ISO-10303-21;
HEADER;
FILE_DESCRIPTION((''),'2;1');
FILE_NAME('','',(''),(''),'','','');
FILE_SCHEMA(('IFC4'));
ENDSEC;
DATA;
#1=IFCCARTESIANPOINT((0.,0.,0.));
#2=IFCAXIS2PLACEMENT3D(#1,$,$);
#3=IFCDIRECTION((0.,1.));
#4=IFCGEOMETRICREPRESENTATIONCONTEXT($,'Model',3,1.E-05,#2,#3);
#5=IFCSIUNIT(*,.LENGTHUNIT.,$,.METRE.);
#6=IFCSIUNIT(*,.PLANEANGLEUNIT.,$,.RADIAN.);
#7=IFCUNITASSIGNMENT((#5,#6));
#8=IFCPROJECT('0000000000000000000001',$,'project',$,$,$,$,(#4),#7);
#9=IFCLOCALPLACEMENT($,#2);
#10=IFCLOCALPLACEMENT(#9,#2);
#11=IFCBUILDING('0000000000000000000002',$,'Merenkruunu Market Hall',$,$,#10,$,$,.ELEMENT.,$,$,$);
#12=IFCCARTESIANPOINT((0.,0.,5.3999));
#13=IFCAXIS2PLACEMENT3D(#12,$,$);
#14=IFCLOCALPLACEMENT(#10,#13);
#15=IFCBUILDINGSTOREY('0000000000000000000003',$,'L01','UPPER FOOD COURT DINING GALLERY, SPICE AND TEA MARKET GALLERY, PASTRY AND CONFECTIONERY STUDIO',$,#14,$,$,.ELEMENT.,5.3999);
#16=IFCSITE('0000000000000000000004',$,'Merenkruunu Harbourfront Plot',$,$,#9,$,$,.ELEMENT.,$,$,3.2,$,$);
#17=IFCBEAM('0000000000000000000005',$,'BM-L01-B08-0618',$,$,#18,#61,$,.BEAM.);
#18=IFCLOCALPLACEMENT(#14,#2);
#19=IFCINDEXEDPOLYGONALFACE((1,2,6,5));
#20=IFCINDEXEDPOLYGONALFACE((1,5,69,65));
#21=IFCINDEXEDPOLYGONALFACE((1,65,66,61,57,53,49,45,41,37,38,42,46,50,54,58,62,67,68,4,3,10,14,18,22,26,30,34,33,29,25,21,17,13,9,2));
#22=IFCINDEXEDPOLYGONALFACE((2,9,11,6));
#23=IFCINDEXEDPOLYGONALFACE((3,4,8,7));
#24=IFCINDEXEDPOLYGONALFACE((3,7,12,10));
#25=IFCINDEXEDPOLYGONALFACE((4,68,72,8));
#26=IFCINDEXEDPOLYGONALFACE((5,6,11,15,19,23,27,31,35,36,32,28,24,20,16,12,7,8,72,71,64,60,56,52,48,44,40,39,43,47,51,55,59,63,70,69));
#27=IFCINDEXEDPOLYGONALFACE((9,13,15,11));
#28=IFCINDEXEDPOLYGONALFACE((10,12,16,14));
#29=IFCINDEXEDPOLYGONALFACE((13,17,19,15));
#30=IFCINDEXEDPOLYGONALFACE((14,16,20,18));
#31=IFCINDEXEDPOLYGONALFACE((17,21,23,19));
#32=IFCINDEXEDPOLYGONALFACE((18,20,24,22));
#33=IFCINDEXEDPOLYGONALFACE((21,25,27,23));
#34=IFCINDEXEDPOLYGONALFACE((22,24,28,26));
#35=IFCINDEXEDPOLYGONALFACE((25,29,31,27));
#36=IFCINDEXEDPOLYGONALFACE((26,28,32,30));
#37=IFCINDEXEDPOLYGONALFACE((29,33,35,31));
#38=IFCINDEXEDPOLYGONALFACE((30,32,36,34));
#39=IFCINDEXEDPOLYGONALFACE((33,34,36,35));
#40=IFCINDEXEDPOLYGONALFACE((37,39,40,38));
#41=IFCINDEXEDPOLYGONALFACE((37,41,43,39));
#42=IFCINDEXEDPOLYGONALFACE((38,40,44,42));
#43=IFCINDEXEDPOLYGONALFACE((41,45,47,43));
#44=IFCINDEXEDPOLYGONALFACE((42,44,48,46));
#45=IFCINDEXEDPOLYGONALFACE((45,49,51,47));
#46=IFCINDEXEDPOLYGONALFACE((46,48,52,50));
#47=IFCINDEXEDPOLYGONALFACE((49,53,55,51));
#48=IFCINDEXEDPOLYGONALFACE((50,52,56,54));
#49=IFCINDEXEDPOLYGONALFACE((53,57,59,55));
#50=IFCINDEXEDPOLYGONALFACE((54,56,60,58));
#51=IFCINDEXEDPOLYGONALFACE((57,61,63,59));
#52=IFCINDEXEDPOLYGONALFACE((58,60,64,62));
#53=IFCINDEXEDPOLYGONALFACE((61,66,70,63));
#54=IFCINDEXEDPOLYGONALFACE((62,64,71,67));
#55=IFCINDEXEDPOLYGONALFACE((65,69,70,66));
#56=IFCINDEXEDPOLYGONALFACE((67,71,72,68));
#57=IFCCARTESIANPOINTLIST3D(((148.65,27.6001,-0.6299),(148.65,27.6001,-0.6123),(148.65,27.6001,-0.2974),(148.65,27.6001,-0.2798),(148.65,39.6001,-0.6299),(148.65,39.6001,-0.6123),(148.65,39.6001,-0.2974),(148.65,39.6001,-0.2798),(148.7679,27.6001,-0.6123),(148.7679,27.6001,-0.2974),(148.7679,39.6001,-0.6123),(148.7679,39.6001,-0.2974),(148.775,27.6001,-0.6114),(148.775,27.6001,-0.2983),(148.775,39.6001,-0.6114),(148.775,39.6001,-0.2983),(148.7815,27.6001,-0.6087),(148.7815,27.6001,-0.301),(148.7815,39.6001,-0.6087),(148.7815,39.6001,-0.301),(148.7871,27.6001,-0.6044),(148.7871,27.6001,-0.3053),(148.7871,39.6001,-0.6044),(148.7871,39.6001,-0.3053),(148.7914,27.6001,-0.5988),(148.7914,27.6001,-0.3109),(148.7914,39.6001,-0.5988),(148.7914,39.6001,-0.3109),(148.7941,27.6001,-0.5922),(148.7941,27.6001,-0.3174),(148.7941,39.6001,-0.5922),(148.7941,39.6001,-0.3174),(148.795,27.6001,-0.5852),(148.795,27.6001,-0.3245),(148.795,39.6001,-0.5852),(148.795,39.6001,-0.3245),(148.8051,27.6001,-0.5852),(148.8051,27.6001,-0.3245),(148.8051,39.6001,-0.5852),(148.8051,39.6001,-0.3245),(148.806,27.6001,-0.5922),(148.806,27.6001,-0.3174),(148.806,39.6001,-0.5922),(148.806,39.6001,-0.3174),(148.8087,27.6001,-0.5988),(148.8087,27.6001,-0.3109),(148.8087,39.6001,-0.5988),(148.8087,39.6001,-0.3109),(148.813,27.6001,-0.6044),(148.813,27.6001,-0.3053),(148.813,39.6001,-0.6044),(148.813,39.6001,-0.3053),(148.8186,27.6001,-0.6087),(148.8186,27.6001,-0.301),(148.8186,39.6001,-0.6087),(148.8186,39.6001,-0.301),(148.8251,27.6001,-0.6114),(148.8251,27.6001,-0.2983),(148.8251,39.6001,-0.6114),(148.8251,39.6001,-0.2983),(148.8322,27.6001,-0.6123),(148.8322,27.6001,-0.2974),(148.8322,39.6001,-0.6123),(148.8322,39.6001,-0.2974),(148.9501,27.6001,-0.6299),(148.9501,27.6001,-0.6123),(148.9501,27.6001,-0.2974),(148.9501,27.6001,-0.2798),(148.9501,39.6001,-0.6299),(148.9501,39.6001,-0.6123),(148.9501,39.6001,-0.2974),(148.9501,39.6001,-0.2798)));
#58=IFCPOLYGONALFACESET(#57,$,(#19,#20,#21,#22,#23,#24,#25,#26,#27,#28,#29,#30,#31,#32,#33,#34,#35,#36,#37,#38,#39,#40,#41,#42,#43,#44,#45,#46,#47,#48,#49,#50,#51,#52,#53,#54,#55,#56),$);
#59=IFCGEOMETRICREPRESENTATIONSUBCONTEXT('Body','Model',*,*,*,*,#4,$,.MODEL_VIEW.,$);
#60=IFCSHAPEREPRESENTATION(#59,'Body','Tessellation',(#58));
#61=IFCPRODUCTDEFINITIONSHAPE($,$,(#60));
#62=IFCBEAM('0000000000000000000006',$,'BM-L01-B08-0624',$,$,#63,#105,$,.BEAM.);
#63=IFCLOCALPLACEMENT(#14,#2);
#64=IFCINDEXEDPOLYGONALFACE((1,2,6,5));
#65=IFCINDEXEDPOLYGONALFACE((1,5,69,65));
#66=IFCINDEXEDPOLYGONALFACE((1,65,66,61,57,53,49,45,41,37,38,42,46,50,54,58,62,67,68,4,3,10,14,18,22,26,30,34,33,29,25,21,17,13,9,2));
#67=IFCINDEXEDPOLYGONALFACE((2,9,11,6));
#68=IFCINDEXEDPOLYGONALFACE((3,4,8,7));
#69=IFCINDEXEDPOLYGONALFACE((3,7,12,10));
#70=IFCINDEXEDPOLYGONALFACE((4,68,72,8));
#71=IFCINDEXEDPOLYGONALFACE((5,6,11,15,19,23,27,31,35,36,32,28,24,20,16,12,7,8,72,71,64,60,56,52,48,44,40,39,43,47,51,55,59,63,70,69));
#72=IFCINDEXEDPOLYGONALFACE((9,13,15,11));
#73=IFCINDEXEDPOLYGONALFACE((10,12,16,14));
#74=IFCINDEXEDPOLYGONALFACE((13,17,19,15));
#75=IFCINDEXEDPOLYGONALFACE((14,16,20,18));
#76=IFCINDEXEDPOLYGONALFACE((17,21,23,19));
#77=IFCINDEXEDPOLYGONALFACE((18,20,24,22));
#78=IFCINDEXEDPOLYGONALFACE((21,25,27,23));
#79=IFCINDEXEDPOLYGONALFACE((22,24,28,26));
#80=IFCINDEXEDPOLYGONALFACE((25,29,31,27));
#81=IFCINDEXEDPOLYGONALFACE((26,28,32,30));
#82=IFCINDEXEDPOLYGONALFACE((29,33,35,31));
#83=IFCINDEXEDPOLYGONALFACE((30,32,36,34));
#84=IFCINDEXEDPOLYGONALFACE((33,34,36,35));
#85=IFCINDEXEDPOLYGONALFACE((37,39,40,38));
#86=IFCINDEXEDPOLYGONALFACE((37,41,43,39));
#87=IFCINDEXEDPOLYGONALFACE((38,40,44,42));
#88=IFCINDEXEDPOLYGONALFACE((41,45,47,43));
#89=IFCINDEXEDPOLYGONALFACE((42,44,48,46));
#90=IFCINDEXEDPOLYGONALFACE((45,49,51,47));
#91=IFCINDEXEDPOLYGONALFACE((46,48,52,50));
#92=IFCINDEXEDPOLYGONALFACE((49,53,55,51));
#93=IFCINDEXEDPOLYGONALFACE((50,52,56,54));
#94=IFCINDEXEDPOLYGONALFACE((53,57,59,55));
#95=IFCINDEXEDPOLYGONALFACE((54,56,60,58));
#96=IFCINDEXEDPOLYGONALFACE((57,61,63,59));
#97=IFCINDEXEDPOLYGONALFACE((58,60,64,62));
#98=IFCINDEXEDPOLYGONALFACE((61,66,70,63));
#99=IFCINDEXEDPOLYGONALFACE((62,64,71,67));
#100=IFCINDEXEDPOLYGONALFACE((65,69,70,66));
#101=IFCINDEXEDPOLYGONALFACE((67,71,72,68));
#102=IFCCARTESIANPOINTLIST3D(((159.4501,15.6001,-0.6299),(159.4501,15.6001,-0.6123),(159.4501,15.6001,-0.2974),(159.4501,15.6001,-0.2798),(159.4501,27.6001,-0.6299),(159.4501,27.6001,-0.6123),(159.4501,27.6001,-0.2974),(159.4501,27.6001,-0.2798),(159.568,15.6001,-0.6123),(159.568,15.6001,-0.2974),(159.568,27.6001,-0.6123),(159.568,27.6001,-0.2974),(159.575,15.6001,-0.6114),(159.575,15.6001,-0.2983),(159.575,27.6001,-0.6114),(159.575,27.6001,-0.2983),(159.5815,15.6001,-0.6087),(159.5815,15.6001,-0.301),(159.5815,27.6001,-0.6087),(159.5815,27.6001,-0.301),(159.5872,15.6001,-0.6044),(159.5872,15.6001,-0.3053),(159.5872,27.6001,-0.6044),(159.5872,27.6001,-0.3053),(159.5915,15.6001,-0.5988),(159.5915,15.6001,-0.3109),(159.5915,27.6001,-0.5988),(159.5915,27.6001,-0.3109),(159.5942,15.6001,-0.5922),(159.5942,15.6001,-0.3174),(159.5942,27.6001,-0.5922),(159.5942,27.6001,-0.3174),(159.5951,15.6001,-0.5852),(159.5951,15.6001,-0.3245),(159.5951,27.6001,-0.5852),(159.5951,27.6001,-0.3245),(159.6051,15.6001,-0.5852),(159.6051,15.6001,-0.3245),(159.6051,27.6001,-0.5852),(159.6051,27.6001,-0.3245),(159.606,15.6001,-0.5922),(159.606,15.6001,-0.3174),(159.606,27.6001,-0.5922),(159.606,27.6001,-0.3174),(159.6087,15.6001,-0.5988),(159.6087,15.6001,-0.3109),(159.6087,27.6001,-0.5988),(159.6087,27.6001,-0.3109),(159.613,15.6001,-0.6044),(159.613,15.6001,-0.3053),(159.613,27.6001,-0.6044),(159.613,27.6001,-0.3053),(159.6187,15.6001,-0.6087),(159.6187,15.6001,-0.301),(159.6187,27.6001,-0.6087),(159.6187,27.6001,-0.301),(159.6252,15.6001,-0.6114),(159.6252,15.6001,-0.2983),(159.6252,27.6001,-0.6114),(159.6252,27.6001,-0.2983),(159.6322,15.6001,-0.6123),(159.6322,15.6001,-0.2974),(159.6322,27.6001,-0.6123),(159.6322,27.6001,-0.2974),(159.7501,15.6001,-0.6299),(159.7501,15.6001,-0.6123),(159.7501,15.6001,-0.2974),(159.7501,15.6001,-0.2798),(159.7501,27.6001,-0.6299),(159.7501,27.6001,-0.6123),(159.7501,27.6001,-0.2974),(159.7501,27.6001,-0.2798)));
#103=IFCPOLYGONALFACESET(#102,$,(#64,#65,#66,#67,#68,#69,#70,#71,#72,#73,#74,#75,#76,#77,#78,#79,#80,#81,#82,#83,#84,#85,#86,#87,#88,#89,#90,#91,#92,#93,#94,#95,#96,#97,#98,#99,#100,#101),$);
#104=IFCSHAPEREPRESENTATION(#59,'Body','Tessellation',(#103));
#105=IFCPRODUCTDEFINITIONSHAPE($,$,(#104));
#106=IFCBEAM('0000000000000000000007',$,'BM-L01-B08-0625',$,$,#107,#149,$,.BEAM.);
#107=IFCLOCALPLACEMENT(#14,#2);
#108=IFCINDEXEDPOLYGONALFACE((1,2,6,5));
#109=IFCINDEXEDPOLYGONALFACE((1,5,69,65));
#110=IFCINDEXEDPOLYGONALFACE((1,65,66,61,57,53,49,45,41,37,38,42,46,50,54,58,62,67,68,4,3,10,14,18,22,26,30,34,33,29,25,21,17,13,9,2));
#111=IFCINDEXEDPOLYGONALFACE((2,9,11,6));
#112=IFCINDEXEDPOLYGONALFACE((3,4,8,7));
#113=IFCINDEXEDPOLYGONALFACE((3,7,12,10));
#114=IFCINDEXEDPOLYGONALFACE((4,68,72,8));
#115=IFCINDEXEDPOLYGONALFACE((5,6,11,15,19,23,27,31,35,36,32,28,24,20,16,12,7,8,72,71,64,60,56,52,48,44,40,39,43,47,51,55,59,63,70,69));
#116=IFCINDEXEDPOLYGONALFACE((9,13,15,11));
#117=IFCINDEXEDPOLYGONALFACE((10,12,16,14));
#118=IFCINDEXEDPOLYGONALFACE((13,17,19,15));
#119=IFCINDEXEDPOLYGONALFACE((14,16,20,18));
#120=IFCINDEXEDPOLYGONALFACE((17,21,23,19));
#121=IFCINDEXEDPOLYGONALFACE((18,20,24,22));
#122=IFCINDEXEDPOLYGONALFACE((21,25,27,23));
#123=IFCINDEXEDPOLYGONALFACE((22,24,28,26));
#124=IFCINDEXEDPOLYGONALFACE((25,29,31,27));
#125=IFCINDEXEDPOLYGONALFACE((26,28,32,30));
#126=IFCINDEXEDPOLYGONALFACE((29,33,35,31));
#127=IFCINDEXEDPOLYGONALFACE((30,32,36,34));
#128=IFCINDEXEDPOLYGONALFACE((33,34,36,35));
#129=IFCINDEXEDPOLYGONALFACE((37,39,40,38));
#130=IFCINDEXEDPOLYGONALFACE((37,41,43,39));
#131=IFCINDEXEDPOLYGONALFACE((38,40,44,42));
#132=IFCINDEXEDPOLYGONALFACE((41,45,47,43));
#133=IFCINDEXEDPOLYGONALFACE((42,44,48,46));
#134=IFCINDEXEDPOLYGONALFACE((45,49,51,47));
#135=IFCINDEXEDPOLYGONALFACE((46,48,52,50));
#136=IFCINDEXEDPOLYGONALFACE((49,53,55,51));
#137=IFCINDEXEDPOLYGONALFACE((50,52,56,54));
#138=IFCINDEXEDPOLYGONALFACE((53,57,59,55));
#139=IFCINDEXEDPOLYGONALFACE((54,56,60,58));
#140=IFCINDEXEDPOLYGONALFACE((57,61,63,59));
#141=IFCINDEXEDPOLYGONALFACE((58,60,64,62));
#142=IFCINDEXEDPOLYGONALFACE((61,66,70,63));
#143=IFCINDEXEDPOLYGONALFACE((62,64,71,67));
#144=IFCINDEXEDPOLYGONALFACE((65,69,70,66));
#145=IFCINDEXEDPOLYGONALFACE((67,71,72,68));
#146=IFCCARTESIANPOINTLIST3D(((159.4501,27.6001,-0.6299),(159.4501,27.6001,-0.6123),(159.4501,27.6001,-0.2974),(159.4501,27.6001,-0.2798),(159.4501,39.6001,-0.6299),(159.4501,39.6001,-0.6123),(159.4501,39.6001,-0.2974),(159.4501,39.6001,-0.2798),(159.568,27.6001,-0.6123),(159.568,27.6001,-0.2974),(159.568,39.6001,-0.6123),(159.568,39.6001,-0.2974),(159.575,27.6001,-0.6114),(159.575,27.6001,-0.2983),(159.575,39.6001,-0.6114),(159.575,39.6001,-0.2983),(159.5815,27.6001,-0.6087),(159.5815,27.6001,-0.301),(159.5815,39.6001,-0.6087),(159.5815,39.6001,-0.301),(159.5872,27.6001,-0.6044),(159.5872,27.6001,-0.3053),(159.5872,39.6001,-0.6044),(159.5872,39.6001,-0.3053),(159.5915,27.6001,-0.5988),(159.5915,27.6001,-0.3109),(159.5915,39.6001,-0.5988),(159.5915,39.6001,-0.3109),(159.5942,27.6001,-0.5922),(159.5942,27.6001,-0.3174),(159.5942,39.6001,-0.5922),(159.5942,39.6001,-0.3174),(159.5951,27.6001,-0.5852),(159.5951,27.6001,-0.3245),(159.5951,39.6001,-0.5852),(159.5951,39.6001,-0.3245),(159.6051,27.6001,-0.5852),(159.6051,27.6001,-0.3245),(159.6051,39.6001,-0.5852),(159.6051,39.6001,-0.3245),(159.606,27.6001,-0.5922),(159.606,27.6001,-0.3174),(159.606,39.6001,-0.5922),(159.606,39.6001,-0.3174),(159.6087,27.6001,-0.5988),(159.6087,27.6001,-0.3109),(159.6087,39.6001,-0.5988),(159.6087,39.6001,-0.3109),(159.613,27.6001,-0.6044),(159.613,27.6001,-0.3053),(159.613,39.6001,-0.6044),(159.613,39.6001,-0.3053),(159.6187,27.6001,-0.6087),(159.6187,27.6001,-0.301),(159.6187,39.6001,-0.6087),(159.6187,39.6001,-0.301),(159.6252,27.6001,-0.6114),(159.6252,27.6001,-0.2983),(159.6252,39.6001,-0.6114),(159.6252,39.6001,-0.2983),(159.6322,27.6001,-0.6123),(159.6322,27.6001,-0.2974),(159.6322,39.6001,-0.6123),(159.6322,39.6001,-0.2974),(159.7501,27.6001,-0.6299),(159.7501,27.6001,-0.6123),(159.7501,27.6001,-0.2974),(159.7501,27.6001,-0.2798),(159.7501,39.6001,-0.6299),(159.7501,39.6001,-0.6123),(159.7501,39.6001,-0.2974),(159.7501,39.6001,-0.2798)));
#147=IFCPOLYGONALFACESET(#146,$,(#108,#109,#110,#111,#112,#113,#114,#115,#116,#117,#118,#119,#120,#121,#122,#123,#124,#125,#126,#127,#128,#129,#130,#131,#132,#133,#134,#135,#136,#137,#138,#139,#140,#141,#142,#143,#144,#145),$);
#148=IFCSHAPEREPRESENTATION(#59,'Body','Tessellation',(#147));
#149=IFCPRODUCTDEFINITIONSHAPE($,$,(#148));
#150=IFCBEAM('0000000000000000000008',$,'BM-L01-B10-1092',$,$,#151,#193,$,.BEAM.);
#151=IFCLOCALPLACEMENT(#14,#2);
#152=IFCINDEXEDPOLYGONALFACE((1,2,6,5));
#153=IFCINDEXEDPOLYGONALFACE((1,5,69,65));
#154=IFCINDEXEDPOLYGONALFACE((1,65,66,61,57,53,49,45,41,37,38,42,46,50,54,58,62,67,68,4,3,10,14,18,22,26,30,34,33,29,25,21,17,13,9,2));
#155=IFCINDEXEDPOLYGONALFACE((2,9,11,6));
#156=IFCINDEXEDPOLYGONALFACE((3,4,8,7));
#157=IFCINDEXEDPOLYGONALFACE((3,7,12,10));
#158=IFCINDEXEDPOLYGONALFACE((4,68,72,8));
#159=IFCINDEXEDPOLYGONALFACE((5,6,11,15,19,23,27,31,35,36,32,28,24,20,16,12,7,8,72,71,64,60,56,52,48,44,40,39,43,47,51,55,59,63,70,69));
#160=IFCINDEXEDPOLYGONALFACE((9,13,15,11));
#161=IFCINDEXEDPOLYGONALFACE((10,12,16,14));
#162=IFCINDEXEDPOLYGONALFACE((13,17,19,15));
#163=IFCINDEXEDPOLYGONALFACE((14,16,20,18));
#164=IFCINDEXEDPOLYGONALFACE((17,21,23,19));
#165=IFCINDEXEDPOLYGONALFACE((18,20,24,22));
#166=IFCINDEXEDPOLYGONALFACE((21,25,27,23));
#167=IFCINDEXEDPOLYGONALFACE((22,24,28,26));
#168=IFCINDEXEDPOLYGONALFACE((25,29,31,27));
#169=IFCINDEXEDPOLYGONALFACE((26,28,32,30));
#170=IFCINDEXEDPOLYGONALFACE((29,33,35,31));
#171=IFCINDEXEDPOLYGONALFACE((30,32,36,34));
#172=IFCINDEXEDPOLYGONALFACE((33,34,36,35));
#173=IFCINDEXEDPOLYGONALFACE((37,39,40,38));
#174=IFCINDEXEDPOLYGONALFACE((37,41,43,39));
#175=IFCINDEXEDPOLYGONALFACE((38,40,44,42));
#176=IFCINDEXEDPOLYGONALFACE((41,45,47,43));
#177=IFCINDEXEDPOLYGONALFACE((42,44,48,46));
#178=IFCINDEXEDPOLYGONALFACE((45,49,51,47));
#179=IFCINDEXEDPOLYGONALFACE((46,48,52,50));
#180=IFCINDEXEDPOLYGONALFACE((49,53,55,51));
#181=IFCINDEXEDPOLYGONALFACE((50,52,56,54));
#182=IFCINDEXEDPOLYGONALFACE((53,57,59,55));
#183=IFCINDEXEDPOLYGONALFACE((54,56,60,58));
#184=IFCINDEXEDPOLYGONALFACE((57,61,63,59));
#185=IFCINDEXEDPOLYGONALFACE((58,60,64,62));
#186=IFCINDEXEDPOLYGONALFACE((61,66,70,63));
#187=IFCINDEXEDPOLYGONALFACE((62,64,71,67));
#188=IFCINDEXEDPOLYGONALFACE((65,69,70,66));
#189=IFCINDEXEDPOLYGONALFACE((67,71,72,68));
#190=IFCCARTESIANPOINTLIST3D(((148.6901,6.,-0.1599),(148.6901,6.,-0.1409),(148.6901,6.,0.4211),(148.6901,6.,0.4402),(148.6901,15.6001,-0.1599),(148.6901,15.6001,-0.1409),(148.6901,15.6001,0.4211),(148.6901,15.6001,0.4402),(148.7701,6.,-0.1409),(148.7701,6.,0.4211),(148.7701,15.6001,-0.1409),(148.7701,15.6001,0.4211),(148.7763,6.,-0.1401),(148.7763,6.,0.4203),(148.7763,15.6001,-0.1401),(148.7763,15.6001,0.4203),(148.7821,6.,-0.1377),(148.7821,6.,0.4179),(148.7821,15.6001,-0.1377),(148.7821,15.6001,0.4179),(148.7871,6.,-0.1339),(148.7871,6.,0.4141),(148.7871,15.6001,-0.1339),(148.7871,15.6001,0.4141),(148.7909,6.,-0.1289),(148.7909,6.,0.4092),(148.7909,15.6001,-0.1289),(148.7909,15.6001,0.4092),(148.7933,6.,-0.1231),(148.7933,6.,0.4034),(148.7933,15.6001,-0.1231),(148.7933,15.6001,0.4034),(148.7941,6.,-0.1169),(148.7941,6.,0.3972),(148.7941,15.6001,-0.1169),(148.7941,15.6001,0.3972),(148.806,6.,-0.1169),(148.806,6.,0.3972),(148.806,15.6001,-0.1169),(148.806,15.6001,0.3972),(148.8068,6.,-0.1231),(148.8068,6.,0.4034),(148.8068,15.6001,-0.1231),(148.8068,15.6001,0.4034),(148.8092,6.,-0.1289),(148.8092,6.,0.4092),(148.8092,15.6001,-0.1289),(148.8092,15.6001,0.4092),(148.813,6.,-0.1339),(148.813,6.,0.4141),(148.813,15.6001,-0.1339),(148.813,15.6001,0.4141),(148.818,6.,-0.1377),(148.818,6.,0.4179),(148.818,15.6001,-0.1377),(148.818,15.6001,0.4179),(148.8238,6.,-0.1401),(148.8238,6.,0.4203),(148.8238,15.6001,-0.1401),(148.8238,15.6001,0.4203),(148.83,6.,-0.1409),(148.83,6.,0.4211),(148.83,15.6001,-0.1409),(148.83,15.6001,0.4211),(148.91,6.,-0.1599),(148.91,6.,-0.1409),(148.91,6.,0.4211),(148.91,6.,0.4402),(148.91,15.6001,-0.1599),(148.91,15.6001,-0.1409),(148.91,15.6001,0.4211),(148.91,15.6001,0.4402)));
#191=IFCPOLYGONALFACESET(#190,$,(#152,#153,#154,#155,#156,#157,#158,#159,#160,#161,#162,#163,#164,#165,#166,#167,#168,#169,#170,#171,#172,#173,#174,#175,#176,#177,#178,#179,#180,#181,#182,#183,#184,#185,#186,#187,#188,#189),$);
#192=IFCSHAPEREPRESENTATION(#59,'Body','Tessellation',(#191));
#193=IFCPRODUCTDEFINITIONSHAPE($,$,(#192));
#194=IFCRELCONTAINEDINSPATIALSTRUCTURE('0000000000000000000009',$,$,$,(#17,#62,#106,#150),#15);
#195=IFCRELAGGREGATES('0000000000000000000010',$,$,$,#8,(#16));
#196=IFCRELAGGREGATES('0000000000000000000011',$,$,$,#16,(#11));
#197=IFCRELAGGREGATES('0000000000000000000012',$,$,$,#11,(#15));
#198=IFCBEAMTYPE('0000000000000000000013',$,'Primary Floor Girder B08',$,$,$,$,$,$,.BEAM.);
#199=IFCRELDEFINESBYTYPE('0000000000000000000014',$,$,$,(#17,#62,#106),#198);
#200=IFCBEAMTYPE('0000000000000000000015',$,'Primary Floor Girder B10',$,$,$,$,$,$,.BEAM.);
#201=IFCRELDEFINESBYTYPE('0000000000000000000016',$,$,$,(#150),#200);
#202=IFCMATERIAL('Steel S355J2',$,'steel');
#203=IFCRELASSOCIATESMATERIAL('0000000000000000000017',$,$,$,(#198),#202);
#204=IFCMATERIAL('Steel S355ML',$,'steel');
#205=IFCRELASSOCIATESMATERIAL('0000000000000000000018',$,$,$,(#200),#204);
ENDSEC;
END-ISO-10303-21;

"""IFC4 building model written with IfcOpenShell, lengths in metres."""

from ifc_helpers import new_model, si_unit, direction, frame, origin, origin_2d, place, context, subcontext, project, spatial, i_section, extrude, material, material_profile, profile_set, type_object, element, save


model = new_model("IFC4")

# Units and contexts
model_context = context("Model", 3, precision=1e-05, world=origin(), true_north=direction((0.0, 1.0)))
body_context = subcontext(model_context, "Body", "Model", "MODEL_VIEW")
ifc_project = project(units=[si_unit("LENGTHUNIT", "METRE"), si_unit("PLANEANGLEUNIT", "RADIAN")], contexts=[model_context])

# Site, building, storey
site_placement = place(None, origin())
site = spatial("IfcSite", under=ifc_project, at=site_placement, Name="Merenkruunu Harbourfront Plot", CompositionType="ELEMENT", RefElevation=3.2)
building_placement = place(site_placement, origin())
building = spatial("IfcBuilding", under=site, at=building_placement, Name="Merenkruunu Market Hall", CompositionType="ELEMENT")
storey_placement = place(building_placement, frame((0.0, 0.0, 5.3999)))
storey = spatial("IfcBuildingStorey", under=building, at=storey_placement, Name="L01", Description="UPPER FOOD COURT DINING GALLERY, SPICE AND TEA MARKET GALLERY, PASTRY AND CONFECTIONERY STUDIO", CompositionType="ELEMENT", Elevation=5.3999)

# Shared definitions
ifc_material_1 = material(Name="Steel S355J2", Category="steel")

# Beams
ifc_material_profile_1 = material_profile(ifc_material_1, i_section(OverallWidth=0.3, OverallDepth=0.3501, WebThickness=0.01, FlangeThickness=0.0176, FilletRadius=0.0271, at=origin_2d()), Name="HEA 360")
ifc_profile_set_1 = profile_set([ifc_material_profile_1], Name="Steel S355J2")
beam_type_1 = type_object("IfcBeamType", Name="Primary Floor Girder B08", PredefinedType="BEAM", material=ifc_profile_set_1)
for number, where, z_axis, x_axis, name in (
    (1, (148.8, 27.6001, -0.4548), (0.0, 1.0, 0.0), (-1.0, 0.0, 0.0), "BM-L01-B08-0618"),
    (2, (159.6001, 15.6001, -0.4548), (0.0, 1.0, 0.0), (-1.0, 0.0, 0.0), "BM-L01-B08-0624"),
    (3, (159.6001, 27.6001, -0.4548), (0.0, 1.0, 0.0), (-1.0, 0.0, 0.0), "BM-L01-B08-0625"),
):
    element("IfcBeam", number, at=place(storey_placement, frame(where, z_axis=z_axis, x_axis=x_axis)), inside=storey, type_object=beam_type_1, Name=name, PredefinedType="BEAM", context=body_context, shape_type="SweptSolid", body=[
        extrude(i_section(OverallWidth=0.3, OverallDepth=0.3501, WebThickness=0.01, FlangeThickness=0.0176, FilletRadius=0.0271, at=origin_2d()), origin(), (0.0, 0.0, 1.0), 12.0),
    ])
ifc_material_2 = material(Name="Steel S355ML", Category="steel")
ifc_material_profile_2 = material_profile(ifc_material_2, i_section(OverallWidth=0.22, OverallDepth=0.6001, WebThickness=0.012, FlangeThickness=0.019, FilletRadius=0.0239, at=origin_2d()), Name="IPE 600")
ifc_profile_set_2 = profile_set([ifc_material_profile_2], Name="Steel S355ML")
beam_type_2 = type_object("IfcBeamType", Name="Primary Floor Girder B10", PredefinedType="BEAM", material=ifc_profile_set_2)
beam_1_placement = place(storey_placement, frame((148.8, 15.6001, 0.1401), z_axis=(0.0, -1.0, 0.0), x_axis=(1.0, 0.0, 0.0)))
element("IfcBeam", 4, at=beam_1_placement, inside=storey, type_object=beam_type_2, Name="BM-L01-B10-1092", PredefinedType="BEAM", context=body_context, shape_type="SweptSolid", body=[
    extrude(i_section(OverallWidth=0.22, OverallDepth=0.6001, WebThickness=0.012, FlangeThickness=0.019, FilletRadius=0.0239, at=origin_2d()), origin(), (0.0, 0.0, 1.0), 9.6001),
])

save(model, "model.ifc")
